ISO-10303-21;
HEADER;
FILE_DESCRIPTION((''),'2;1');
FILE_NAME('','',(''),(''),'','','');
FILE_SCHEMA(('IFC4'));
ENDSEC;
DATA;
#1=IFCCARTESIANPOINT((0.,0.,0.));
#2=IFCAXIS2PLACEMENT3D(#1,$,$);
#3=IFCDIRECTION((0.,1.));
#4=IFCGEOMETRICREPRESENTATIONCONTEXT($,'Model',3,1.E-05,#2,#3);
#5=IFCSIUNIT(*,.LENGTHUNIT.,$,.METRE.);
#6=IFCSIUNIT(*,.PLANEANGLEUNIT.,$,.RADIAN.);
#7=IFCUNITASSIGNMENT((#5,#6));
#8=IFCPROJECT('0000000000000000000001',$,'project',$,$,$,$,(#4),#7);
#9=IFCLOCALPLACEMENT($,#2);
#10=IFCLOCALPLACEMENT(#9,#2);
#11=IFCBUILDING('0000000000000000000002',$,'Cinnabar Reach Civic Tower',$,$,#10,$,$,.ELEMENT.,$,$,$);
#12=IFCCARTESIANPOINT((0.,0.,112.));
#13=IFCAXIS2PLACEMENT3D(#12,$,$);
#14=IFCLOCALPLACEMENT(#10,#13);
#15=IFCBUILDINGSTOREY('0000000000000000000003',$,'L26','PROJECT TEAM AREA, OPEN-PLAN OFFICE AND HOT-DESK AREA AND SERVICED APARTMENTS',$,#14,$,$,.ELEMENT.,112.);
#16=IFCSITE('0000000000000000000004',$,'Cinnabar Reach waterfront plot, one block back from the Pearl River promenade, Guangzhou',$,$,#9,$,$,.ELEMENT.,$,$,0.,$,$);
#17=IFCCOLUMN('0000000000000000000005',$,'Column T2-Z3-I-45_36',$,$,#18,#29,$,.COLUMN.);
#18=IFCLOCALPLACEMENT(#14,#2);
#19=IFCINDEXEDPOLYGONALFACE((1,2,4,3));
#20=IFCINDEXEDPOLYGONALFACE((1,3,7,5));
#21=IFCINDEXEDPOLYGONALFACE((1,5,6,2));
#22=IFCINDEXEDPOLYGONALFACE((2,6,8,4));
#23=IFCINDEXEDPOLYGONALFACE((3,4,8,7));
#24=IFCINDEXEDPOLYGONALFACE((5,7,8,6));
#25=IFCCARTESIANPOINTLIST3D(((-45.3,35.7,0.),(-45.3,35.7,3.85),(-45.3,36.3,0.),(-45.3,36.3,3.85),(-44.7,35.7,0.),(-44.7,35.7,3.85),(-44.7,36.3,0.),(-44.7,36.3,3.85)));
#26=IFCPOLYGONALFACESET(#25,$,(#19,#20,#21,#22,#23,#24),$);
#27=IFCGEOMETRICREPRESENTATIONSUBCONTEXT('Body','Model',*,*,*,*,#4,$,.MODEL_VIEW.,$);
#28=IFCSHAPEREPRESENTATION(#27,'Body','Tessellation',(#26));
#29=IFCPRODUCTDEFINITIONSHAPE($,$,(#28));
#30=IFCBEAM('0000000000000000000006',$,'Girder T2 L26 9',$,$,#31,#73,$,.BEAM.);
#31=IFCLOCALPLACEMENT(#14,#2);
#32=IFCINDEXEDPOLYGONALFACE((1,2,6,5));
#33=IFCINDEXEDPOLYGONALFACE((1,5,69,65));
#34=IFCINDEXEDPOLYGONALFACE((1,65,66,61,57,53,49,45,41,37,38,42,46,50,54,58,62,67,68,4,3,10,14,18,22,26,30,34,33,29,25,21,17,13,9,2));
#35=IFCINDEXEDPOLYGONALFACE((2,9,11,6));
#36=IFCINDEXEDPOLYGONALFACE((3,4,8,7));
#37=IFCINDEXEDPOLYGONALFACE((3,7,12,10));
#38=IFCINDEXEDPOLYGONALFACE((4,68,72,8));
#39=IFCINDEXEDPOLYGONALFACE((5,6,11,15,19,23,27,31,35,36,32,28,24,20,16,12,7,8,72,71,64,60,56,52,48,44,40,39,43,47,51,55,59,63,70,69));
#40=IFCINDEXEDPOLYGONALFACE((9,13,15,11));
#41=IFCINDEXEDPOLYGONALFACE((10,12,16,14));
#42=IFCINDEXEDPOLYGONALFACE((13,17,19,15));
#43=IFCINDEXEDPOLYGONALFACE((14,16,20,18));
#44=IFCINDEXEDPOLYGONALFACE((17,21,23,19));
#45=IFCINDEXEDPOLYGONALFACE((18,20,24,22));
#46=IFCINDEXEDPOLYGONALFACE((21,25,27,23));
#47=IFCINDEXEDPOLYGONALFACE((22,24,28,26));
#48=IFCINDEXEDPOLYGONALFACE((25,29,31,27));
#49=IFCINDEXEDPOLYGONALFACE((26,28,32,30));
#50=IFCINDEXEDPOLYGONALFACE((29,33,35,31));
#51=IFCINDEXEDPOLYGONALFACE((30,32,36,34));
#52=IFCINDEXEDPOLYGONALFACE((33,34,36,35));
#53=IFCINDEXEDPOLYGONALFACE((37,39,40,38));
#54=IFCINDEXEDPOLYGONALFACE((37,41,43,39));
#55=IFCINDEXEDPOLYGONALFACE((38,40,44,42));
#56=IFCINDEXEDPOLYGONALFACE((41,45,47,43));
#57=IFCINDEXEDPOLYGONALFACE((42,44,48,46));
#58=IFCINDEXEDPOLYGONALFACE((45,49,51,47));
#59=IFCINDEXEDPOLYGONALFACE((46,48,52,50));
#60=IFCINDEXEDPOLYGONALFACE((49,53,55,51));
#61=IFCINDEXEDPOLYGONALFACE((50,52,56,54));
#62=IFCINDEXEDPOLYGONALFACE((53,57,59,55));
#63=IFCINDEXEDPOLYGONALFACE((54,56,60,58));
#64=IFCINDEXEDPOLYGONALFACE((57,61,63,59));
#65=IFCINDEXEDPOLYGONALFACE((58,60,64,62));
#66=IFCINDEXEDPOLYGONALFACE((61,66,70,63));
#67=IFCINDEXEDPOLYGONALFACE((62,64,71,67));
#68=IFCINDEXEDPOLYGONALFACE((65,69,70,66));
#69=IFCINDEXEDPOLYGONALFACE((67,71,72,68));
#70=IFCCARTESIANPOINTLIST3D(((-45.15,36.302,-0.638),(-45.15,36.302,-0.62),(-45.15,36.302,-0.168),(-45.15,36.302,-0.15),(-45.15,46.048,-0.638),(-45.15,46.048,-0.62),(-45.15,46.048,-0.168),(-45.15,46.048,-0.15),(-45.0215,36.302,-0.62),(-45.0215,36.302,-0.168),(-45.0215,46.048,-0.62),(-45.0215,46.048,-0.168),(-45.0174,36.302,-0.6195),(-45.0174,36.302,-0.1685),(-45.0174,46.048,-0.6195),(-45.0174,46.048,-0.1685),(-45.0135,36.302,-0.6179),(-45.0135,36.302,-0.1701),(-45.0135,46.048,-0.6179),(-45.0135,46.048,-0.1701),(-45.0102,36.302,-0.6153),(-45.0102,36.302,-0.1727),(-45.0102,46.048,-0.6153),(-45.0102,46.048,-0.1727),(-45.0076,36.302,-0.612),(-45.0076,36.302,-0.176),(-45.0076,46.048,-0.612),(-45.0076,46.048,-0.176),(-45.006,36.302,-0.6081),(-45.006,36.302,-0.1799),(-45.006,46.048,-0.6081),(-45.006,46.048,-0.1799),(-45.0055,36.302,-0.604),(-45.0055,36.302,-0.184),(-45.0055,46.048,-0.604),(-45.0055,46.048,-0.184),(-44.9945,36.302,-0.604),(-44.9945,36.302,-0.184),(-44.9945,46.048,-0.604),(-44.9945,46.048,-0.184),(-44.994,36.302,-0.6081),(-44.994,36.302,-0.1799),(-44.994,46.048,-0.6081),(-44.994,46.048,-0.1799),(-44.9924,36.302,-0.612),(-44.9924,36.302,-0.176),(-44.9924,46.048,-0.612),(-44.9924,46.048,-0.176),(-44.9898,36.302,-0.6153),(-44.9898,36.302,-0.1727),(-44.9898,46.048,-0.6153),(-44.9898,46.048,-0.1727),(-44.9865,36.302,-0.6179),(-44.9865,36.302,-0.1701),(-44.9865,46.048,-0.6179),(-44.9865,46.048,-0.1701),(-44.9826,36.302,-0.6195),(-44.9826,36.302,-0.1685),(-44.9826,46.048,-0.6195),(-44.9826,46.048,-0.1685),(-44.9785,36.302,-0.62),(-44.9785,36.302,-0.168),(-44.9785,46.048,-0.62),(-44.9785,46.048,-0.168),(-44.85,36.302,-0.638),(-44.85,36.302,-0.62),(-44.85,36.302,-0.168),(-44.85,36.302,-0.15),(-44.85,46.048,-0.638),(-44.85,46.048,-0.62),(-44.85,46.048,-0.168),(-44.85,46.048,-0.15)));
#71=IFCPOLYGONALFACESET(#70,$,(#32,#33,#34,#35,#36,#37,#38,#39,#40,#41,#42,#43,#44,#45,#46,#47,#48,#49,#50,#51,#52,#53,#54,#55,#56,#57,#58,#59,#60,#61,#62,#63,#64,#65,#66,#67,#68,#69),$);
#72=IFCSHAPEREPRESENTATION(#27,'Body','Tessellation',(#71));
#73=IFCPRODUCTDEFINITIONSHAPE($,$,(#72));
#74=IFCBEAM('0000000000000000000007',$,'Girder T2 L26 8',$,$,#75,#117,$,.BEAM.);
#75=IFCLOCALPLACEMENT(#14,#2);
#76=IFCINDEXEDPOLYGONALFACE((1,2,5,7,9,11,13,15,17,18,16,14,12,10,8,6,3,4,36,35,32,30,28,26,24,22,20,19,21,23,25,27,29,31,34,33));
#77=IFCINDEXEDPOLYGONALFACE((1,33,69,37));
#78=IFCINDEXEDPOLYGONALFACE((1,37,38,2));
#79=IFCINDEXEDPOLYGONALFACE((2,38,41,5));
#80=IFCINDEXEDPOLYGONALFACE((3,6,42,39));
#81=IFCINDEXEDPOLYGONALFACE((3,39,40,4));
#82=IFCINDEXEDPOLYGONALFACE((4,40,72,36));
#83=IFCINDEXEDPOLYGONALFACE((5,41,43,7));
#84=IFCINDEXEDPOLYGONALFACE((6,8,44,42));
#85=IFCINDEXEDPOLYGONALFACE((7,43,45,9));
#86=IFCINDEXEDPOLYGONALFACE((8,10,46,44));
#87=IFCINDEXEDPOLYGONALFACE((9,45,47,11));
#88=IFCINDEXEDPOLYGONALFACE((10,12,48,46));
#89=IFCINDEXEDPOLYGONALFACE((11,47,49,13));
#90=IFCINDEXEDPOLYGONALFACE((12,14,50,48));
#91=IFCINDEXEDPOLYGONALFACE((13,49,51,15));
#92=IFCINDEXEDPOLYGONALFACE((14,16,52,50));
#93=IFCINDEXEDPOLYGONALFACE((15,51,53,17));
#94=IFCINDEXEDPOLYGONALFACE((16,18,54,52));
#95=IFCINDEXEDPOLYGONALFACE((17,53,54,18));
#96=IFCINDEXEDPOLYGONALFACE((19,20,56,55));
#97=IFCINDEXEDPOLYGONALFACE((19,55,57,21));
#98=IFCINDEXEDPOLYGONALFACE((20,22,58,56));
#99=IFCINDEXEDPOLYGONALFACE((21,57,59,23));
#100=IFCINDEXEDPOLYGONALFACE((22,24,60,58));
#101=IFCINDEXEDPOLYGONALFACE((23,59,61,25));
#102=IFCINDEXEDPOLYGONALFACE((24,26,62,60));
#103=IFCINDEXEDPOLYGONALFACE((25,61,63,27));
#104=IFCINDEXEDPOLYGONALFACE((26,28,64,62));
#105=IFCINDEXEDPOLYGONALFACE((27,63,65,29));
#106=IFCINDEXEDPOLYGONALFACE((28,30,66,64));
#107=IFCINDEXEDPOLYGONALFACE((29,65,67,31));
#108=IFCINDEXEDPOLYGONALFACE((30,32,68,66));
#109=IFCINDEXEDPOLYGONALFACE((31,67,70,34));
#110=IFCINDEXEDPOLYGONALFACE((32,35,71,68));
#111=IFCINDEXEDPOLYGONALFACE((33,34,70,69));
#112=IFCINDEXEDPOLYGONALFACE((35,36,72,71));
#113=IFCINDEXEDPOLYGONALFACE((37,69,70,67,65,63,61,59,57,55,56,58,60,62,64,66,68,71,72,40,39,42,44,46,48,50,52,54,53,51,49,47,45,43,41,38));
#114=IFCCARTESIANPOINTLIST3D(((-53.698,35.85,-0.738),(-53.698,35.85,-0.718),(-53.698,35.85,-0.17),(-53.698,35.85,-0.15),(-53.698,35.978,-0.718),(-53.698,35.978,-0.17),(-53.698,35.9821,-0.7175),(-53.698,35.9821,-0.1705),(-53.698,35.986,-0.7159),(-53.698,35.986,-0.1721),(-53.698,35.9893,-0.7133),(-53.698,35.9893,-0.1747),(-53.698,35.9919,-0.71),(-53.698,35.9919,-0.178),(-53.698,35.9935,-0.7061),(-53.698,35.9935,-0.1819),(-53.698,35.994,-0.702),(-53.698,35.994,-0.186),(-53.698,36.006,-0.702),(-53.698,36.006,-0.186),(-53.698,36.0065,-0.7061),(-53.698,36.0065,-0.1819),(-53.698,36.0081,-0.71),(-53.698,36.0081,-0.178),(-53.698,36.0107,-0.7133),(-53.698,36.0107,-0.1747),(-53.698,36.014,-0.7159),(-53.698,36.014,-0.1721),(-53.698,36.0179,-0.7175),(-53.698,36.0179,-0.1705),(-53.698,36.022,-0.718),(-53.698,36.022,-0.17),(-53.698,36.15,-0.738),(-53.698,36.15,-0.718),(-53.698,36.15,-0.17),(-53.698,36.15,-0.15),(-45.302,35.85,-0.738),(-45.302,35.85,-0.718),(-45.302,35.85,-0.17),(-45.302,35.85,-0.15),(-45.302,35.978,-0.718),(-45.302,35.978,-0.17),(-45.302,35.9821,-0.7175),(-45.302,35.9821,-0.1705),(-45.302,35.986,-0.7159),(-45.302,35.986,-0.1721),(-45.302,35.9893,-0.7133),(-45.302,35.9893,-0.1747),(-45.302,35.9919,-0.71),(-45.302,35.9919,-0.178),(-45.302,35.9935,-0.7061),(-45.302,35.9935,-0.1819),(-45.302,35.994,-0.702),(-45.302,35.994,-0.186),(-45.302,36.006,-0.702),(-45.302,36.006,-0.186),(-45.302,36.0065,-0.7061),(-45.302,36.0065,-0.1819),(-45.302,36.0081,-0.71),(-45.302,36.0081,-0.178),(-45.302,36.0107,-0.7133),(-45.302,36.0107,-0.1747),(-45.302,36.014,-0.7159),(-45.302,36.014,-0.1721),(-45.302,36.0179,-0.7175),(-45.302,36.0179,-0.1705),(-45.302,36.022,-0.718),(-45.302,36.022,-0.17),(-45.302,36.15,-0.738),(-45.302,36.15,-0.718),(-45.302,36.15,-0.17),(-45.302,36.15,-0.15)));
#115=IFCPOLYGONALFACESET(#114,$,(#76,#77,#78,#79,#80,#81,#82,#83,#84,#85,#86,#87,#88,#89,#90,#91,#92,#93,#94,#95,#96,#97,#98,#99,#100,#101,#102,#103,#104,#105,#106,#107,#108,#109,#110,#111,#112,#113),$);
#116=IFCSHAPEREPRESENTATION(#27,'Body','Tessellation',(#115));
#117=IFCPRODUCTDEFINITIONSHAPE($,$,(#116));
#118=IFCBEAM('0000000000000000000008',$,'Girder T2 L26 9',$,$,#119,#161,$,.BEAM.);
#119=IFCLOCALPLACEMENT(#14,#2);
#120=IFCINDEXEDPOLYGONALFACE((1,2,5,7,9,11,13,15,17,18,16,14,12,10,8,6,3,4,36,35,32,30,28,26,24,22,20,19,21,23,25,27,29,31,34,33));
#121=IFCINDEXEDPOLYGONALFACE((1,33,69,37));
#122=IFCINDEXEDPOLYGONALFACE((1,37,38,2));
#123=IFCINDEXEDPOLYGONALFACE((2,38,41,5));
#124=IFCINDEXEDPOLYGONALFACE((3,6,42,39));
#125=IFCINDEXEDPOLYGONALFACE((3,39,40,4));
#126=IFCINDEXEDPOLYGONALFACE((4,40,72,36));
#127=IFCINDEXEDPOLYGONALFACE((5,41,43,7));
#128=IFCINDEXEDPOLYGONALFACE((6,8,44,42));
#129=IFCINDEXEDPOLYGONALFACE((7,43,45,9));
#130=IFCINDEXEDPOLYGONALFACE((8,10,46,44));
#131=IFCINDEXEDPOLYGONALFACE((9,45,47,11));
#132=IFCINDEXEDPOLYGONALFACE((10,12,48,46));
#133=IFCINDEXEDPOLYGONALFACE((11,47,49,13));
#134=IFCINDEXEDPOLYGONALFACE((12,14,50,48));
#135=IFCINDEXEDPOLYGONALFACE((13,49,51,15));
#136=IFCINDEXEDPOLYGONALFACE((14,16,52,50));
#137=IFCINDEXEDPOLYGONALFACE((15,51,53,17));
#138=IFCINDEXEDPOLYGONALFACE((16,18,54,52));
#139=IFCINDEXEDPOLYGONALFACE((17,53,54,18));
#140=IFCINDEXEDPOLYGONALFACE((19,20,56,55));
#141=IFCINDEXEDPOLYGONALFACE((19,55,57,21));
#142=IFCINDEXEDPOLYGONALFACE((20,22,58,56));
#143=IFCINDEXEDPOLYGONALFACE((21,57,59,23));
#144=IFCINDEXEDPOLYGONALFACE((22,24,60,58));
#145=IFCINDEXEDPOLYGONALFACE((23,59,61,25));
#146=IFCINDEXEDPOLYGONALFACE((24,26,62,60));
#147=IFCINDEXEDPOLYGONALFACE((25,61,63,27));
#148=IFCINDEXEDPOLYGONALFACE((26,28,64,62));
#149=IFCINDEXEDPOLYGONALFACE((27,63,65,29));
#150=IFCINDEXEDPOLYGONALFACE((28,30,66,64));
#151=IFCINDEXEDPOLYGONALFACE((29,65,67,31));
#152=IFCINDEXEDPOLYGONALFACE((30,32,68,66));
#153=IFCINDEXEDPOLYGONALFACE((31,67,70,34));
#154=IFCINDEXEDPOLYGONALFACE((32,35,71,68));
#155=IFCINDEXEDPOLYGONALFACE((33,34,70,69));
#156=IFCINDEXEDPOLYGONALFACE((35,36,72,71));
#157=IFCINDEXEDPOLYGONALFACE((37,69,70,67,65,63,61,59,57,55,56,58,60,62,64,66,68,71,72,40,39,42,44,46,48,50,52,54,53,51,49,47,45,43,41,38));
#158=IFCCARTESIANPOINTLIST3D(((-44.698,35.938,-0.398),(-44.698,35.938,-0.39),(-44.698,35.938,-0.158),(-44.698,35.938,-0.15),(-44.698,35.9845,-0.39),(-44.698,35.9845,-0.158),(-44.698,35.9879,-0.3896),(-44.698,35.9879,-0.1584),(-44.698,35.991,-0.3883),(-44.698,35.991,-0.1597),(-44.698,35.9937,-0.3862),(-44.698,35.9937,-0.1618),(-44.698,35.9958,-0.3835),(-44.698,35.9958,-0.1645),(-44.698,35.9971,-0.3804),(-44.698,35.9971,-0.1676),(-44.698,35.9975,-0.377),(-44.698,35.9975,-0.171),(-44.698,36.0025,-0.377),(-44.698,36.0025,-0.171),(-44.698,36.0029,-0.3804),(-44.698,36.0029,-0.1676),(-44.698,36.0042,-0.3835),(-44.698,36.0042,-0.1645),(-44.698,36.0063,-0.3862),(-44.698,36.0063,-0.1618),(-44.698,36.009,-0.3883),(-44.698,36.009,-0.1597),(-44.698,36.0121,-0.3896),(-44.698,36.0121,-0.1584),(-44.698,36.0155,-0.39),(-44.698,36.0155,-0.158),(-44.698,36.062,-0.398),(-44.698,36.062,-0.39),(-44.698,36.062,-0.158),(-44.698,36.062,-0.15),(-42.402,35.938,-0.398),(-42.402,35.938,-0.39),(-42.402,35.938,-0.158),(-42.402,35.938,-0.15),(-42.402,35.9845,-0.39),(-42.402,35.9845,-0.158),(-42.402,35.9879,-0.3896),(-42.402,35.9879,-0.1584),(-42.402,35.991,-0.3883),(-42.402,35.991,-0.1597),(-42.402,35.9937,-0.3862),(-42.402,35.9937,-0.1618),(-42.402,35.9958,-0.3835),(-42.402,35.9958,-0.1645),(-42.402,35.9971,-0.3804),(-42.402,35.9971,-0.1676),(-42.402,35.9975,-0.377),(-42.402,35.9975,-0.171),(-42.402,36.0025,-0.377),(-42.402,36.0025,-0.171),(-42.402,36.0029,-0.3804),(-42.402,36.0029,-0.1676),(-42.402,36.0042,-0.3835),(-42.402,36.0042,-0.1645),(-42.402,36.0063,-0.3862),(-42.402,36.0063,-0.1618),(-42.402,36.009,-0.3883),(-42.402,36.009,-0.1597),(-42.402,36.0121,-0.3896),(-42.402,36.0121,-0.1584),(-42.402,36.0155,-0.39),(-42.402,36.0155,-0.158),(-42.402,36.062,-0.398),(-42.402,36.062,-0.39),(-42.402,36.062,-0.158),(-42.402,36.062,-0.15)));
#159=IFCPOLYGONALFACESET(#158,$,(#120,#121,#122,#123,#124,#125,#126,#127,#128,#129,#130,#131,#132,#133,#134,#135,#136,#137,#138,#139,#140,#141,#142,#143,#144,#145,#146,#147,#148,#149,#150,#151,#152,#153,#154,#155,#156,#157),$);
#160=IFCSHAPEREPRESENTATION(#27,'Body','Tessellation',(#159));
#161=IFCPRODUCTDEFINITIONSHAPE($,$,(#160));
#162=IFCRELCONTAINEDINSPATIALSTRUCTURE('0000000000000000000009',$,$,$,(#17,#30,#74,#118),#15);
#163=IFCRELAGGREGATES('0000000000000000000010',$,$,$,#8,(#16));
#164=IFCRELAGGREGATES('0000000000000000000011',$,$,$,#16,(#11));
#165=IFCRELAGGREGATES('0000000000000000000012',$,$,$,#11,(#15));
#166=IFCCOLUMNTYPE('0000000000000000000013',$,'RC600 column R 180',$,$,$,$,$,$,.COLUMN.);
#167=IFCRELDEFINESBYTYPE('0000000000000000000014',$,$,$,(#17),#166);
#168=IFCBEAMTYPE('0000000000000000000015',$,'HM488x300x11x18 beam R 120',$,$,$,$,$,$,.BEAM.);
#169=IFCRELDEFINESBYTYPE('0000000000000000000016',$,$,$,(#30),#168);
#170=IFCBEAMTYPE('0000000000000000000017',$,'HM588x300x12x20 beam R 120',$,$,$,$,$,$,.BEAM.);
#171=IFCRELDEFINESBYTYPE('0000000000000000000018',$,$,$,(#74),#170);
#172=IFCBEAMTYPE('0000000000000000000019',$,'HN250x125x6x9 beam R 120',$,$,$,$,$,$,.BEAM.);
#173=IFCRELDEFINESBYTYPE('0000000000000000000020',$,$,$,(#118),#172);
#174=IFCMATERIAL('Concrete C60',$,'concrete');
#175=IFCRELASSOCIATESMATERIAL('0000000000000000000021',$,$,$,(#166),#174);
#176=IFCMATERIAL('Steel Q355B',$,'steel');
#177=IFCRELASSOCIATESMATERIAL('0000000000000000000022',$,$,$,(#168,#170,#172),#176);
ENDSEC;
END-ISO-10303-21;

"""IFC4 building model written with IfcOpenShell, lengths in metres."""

from ifc_helpers import new_model, si_unit, direction, frame, origin, origin_2d, place, context, subcontext, project, spatial, rectangle, i_section, extrude, material, material_profile, profile_set, type_object, element, save


model = new_model("IFC4")

# Units and contexts
model_context = context("Model", 3, precision=1e-05, world=origin(), true_north=direction((0.0, 1.0)))
body_context = subcontext(model_context, "Body", "Model", "MODEL_VIEW")
ifc_project = project(units=[si_unit("LENGTHUNIT", "METRE"), si_unit("PLANEANGLEUNIT", "RADIAN")], contexts=[model_context])

# Site, building, storey
site_placement = place(None, origin())
site = spatial("IfcSite", under=ifc_project, at=site_placement, Name="Cinnabar Reach waterfront plot, one block back from the Pearl River promenade, Guangzhou", CompositionType="ELEMENT", RefElevation=0.0)
building_placement = place(site_placement, origin())
building = spatial("IfcBuilding", under=site, at=building_placement, Name="Cinnabar Reach Civic Tower", CompositionType="ELEMENT")
storey_placement = place(building_placement, frame((0.0, 0.0, 112.0)))
storey = spatial("IfcBuildingStorey", under=building, at=storey_placement, Name="L26", Description="PROJECT TEAM AREA, OPEN-PLAN OFFICE AND HOT-DESK AREA AND SERVICED APARTMENTS", CompositionType="ELEMENT", Elevation=112.0)

# Column
ifc_material_1 = material(Name="Concrete C60", Category="concrete")
ifc_material_profile_1 = material_profile(ifc_material_1, rectangle(XDim=0.6, YDim=0.6, at=origin_2d()), Name="RC600")
ifc_profile_set_1 = profile_set([ifc_material_profile_1], Name="Concrete C60")
column_type = type_object("IfcColumnType", Name="RC600 column R 180", PredefinedType="COLUMN", material=ifc_profile_set_1)
column_placement = place(storey_placement, frame((-45.0, 36.0, 0.0), z_axis=(0.0, 0.0, 1.0), x_axis=(1.0, 0.0, 0.0)))
element("IfcColumn", 1, at=column_placement, inside=storey, type_object=column_type, Name="Column T2-Z3-I-45_36", PredefinedType="COLUMN", context=body_context, shape_type="SweptSolid", body=[
    extrude(rectangle(XDim=0.6, YDim=0.6, at=origin_2d()), origin(), (0.0, 0.0, 1.0), 3.85),
])

# Beams
ifc_material_2 = material(Name="Steel Q355B", Category="steel")
ifc_material_profile_2 = material_profile(ifc_material_2, i_section(OverallWidth=0.3, OverallDepth=0.488, WebThickness=0.011, FlangeThickness=0.018, FilletRadius=0.016, at=origin_2d()), Name="HM488x300x11x18")
ifc_profile_set_2 = profile_set([ifc_material_profile_2], Name="Steel Q355B")
beam_type_1 = type_object("IfcBeamType", Name="HM488x300x11x18 beam R 120", PredefinedType="BEAM", material=ifc_profile_set_2)
beam_1_placement = place(storey_placement, frame((-45.0, 36.302, -0.394), z_axis=(0.0, 1.0, 0.0), x_axis=(-1.0, 0.0, 0.0)))
element("IfcBeam", 2, at=beam_1_placement, inside=storey, type_object=beam_type_1, Name="Girder T2 L26 9", PredefinedType="BEAM", context=body_context, shape_type="SweptSolid", body=[
    extrude(i_section(OverallWidth=0.3, OverallDepth=0.488, WebThickness=0.011, FlangeThickness=0.018, FilletRadius=0.016, at=origin_2d()), origin(), (0.0, 0.0, 1.0), 9.746),
])
ifc_material_profile_3 = material_profile(ifc_material_2, i_section(OverallWidth=0.3, OverallDepth=0.588, WebThickness=0.012, FlangeThickness=0.02, FilletRadius=0.016, at=origin_2d()), Name="HM588x300x12x20")
ifc_profile_set_3 = profile_set([ifc_material_profile_3], Name="Steel Q355B")
beam_type_2 = type_object("IfcBeamType", Name="HM588x300x12x20 beam R 120", PredefinedType="BEAM", material=ifc_profile_set_3)
beam_2_placement = place(storey_placement, frame((-53.698, 36.0, -0.444), z_axis=(1.0, 0.0, 0.0), x_axis=(0.0, 1.0, 0.0)))
element("IfcBeam", 3, at=beam_2_placement, inside=storey, type_object=beam_type_2, Name="Girder T2 L26 8", PredefinedType="BEAM", context=body_context, shape_type="SweptSolid", body=[
    extrude(i_section(OverallWidth=0.3, OverallDepth=0.588, WebThickness=0.012, FlangeThickness=0.02, FilletRadius=0.016, at=origin_2d()), origin(), (0.0, 0.0, 1.0), 8.396),
])
ifc_material_profile_4 = material_profile(ifc_material_2, i_section(OverallWidth=0.124, OverallDepth=0.248, WebThickness=0.005, FlangeThickness=0.008, FilletRadius=0.013, at=origin_2d()), Name="HN250x125x6x9")
ifc_profile_set_4 = profile_set([ifc_material_profile_4], Name="Steel Q355B")
beam_type_3 = type_object("IfcBeamType", Name="HN250x125x6x9 beam R 120", PredefinedType="BEAM", material=ifc_profile_set_4)
beam_3_placement = place(storey_placement, frame((-44.698, 36.0, -0.274), z_axis=(1.0, 0.0, 0.0), x_axis=(0.0, 1.0, 0.0)))
element("IfcBeam", 4, at=beam_3_placement, inside=storey, type_object=beam_type_3, Name="Girder T2 L26 9", PredefinedType="BEAM", context=body_context, shape_type="SweptSolid", body=[
    extrude(i_section(OverallWidth=0.124, OverallDepth=0.248, WebThickness=0.005, FlangeThickness=0.008, FilletRadius=0.013, at=origin_2d()), origin(), (0.0, 0.0, 1.0), 2.296),
])

save(model, "model.ifc")
